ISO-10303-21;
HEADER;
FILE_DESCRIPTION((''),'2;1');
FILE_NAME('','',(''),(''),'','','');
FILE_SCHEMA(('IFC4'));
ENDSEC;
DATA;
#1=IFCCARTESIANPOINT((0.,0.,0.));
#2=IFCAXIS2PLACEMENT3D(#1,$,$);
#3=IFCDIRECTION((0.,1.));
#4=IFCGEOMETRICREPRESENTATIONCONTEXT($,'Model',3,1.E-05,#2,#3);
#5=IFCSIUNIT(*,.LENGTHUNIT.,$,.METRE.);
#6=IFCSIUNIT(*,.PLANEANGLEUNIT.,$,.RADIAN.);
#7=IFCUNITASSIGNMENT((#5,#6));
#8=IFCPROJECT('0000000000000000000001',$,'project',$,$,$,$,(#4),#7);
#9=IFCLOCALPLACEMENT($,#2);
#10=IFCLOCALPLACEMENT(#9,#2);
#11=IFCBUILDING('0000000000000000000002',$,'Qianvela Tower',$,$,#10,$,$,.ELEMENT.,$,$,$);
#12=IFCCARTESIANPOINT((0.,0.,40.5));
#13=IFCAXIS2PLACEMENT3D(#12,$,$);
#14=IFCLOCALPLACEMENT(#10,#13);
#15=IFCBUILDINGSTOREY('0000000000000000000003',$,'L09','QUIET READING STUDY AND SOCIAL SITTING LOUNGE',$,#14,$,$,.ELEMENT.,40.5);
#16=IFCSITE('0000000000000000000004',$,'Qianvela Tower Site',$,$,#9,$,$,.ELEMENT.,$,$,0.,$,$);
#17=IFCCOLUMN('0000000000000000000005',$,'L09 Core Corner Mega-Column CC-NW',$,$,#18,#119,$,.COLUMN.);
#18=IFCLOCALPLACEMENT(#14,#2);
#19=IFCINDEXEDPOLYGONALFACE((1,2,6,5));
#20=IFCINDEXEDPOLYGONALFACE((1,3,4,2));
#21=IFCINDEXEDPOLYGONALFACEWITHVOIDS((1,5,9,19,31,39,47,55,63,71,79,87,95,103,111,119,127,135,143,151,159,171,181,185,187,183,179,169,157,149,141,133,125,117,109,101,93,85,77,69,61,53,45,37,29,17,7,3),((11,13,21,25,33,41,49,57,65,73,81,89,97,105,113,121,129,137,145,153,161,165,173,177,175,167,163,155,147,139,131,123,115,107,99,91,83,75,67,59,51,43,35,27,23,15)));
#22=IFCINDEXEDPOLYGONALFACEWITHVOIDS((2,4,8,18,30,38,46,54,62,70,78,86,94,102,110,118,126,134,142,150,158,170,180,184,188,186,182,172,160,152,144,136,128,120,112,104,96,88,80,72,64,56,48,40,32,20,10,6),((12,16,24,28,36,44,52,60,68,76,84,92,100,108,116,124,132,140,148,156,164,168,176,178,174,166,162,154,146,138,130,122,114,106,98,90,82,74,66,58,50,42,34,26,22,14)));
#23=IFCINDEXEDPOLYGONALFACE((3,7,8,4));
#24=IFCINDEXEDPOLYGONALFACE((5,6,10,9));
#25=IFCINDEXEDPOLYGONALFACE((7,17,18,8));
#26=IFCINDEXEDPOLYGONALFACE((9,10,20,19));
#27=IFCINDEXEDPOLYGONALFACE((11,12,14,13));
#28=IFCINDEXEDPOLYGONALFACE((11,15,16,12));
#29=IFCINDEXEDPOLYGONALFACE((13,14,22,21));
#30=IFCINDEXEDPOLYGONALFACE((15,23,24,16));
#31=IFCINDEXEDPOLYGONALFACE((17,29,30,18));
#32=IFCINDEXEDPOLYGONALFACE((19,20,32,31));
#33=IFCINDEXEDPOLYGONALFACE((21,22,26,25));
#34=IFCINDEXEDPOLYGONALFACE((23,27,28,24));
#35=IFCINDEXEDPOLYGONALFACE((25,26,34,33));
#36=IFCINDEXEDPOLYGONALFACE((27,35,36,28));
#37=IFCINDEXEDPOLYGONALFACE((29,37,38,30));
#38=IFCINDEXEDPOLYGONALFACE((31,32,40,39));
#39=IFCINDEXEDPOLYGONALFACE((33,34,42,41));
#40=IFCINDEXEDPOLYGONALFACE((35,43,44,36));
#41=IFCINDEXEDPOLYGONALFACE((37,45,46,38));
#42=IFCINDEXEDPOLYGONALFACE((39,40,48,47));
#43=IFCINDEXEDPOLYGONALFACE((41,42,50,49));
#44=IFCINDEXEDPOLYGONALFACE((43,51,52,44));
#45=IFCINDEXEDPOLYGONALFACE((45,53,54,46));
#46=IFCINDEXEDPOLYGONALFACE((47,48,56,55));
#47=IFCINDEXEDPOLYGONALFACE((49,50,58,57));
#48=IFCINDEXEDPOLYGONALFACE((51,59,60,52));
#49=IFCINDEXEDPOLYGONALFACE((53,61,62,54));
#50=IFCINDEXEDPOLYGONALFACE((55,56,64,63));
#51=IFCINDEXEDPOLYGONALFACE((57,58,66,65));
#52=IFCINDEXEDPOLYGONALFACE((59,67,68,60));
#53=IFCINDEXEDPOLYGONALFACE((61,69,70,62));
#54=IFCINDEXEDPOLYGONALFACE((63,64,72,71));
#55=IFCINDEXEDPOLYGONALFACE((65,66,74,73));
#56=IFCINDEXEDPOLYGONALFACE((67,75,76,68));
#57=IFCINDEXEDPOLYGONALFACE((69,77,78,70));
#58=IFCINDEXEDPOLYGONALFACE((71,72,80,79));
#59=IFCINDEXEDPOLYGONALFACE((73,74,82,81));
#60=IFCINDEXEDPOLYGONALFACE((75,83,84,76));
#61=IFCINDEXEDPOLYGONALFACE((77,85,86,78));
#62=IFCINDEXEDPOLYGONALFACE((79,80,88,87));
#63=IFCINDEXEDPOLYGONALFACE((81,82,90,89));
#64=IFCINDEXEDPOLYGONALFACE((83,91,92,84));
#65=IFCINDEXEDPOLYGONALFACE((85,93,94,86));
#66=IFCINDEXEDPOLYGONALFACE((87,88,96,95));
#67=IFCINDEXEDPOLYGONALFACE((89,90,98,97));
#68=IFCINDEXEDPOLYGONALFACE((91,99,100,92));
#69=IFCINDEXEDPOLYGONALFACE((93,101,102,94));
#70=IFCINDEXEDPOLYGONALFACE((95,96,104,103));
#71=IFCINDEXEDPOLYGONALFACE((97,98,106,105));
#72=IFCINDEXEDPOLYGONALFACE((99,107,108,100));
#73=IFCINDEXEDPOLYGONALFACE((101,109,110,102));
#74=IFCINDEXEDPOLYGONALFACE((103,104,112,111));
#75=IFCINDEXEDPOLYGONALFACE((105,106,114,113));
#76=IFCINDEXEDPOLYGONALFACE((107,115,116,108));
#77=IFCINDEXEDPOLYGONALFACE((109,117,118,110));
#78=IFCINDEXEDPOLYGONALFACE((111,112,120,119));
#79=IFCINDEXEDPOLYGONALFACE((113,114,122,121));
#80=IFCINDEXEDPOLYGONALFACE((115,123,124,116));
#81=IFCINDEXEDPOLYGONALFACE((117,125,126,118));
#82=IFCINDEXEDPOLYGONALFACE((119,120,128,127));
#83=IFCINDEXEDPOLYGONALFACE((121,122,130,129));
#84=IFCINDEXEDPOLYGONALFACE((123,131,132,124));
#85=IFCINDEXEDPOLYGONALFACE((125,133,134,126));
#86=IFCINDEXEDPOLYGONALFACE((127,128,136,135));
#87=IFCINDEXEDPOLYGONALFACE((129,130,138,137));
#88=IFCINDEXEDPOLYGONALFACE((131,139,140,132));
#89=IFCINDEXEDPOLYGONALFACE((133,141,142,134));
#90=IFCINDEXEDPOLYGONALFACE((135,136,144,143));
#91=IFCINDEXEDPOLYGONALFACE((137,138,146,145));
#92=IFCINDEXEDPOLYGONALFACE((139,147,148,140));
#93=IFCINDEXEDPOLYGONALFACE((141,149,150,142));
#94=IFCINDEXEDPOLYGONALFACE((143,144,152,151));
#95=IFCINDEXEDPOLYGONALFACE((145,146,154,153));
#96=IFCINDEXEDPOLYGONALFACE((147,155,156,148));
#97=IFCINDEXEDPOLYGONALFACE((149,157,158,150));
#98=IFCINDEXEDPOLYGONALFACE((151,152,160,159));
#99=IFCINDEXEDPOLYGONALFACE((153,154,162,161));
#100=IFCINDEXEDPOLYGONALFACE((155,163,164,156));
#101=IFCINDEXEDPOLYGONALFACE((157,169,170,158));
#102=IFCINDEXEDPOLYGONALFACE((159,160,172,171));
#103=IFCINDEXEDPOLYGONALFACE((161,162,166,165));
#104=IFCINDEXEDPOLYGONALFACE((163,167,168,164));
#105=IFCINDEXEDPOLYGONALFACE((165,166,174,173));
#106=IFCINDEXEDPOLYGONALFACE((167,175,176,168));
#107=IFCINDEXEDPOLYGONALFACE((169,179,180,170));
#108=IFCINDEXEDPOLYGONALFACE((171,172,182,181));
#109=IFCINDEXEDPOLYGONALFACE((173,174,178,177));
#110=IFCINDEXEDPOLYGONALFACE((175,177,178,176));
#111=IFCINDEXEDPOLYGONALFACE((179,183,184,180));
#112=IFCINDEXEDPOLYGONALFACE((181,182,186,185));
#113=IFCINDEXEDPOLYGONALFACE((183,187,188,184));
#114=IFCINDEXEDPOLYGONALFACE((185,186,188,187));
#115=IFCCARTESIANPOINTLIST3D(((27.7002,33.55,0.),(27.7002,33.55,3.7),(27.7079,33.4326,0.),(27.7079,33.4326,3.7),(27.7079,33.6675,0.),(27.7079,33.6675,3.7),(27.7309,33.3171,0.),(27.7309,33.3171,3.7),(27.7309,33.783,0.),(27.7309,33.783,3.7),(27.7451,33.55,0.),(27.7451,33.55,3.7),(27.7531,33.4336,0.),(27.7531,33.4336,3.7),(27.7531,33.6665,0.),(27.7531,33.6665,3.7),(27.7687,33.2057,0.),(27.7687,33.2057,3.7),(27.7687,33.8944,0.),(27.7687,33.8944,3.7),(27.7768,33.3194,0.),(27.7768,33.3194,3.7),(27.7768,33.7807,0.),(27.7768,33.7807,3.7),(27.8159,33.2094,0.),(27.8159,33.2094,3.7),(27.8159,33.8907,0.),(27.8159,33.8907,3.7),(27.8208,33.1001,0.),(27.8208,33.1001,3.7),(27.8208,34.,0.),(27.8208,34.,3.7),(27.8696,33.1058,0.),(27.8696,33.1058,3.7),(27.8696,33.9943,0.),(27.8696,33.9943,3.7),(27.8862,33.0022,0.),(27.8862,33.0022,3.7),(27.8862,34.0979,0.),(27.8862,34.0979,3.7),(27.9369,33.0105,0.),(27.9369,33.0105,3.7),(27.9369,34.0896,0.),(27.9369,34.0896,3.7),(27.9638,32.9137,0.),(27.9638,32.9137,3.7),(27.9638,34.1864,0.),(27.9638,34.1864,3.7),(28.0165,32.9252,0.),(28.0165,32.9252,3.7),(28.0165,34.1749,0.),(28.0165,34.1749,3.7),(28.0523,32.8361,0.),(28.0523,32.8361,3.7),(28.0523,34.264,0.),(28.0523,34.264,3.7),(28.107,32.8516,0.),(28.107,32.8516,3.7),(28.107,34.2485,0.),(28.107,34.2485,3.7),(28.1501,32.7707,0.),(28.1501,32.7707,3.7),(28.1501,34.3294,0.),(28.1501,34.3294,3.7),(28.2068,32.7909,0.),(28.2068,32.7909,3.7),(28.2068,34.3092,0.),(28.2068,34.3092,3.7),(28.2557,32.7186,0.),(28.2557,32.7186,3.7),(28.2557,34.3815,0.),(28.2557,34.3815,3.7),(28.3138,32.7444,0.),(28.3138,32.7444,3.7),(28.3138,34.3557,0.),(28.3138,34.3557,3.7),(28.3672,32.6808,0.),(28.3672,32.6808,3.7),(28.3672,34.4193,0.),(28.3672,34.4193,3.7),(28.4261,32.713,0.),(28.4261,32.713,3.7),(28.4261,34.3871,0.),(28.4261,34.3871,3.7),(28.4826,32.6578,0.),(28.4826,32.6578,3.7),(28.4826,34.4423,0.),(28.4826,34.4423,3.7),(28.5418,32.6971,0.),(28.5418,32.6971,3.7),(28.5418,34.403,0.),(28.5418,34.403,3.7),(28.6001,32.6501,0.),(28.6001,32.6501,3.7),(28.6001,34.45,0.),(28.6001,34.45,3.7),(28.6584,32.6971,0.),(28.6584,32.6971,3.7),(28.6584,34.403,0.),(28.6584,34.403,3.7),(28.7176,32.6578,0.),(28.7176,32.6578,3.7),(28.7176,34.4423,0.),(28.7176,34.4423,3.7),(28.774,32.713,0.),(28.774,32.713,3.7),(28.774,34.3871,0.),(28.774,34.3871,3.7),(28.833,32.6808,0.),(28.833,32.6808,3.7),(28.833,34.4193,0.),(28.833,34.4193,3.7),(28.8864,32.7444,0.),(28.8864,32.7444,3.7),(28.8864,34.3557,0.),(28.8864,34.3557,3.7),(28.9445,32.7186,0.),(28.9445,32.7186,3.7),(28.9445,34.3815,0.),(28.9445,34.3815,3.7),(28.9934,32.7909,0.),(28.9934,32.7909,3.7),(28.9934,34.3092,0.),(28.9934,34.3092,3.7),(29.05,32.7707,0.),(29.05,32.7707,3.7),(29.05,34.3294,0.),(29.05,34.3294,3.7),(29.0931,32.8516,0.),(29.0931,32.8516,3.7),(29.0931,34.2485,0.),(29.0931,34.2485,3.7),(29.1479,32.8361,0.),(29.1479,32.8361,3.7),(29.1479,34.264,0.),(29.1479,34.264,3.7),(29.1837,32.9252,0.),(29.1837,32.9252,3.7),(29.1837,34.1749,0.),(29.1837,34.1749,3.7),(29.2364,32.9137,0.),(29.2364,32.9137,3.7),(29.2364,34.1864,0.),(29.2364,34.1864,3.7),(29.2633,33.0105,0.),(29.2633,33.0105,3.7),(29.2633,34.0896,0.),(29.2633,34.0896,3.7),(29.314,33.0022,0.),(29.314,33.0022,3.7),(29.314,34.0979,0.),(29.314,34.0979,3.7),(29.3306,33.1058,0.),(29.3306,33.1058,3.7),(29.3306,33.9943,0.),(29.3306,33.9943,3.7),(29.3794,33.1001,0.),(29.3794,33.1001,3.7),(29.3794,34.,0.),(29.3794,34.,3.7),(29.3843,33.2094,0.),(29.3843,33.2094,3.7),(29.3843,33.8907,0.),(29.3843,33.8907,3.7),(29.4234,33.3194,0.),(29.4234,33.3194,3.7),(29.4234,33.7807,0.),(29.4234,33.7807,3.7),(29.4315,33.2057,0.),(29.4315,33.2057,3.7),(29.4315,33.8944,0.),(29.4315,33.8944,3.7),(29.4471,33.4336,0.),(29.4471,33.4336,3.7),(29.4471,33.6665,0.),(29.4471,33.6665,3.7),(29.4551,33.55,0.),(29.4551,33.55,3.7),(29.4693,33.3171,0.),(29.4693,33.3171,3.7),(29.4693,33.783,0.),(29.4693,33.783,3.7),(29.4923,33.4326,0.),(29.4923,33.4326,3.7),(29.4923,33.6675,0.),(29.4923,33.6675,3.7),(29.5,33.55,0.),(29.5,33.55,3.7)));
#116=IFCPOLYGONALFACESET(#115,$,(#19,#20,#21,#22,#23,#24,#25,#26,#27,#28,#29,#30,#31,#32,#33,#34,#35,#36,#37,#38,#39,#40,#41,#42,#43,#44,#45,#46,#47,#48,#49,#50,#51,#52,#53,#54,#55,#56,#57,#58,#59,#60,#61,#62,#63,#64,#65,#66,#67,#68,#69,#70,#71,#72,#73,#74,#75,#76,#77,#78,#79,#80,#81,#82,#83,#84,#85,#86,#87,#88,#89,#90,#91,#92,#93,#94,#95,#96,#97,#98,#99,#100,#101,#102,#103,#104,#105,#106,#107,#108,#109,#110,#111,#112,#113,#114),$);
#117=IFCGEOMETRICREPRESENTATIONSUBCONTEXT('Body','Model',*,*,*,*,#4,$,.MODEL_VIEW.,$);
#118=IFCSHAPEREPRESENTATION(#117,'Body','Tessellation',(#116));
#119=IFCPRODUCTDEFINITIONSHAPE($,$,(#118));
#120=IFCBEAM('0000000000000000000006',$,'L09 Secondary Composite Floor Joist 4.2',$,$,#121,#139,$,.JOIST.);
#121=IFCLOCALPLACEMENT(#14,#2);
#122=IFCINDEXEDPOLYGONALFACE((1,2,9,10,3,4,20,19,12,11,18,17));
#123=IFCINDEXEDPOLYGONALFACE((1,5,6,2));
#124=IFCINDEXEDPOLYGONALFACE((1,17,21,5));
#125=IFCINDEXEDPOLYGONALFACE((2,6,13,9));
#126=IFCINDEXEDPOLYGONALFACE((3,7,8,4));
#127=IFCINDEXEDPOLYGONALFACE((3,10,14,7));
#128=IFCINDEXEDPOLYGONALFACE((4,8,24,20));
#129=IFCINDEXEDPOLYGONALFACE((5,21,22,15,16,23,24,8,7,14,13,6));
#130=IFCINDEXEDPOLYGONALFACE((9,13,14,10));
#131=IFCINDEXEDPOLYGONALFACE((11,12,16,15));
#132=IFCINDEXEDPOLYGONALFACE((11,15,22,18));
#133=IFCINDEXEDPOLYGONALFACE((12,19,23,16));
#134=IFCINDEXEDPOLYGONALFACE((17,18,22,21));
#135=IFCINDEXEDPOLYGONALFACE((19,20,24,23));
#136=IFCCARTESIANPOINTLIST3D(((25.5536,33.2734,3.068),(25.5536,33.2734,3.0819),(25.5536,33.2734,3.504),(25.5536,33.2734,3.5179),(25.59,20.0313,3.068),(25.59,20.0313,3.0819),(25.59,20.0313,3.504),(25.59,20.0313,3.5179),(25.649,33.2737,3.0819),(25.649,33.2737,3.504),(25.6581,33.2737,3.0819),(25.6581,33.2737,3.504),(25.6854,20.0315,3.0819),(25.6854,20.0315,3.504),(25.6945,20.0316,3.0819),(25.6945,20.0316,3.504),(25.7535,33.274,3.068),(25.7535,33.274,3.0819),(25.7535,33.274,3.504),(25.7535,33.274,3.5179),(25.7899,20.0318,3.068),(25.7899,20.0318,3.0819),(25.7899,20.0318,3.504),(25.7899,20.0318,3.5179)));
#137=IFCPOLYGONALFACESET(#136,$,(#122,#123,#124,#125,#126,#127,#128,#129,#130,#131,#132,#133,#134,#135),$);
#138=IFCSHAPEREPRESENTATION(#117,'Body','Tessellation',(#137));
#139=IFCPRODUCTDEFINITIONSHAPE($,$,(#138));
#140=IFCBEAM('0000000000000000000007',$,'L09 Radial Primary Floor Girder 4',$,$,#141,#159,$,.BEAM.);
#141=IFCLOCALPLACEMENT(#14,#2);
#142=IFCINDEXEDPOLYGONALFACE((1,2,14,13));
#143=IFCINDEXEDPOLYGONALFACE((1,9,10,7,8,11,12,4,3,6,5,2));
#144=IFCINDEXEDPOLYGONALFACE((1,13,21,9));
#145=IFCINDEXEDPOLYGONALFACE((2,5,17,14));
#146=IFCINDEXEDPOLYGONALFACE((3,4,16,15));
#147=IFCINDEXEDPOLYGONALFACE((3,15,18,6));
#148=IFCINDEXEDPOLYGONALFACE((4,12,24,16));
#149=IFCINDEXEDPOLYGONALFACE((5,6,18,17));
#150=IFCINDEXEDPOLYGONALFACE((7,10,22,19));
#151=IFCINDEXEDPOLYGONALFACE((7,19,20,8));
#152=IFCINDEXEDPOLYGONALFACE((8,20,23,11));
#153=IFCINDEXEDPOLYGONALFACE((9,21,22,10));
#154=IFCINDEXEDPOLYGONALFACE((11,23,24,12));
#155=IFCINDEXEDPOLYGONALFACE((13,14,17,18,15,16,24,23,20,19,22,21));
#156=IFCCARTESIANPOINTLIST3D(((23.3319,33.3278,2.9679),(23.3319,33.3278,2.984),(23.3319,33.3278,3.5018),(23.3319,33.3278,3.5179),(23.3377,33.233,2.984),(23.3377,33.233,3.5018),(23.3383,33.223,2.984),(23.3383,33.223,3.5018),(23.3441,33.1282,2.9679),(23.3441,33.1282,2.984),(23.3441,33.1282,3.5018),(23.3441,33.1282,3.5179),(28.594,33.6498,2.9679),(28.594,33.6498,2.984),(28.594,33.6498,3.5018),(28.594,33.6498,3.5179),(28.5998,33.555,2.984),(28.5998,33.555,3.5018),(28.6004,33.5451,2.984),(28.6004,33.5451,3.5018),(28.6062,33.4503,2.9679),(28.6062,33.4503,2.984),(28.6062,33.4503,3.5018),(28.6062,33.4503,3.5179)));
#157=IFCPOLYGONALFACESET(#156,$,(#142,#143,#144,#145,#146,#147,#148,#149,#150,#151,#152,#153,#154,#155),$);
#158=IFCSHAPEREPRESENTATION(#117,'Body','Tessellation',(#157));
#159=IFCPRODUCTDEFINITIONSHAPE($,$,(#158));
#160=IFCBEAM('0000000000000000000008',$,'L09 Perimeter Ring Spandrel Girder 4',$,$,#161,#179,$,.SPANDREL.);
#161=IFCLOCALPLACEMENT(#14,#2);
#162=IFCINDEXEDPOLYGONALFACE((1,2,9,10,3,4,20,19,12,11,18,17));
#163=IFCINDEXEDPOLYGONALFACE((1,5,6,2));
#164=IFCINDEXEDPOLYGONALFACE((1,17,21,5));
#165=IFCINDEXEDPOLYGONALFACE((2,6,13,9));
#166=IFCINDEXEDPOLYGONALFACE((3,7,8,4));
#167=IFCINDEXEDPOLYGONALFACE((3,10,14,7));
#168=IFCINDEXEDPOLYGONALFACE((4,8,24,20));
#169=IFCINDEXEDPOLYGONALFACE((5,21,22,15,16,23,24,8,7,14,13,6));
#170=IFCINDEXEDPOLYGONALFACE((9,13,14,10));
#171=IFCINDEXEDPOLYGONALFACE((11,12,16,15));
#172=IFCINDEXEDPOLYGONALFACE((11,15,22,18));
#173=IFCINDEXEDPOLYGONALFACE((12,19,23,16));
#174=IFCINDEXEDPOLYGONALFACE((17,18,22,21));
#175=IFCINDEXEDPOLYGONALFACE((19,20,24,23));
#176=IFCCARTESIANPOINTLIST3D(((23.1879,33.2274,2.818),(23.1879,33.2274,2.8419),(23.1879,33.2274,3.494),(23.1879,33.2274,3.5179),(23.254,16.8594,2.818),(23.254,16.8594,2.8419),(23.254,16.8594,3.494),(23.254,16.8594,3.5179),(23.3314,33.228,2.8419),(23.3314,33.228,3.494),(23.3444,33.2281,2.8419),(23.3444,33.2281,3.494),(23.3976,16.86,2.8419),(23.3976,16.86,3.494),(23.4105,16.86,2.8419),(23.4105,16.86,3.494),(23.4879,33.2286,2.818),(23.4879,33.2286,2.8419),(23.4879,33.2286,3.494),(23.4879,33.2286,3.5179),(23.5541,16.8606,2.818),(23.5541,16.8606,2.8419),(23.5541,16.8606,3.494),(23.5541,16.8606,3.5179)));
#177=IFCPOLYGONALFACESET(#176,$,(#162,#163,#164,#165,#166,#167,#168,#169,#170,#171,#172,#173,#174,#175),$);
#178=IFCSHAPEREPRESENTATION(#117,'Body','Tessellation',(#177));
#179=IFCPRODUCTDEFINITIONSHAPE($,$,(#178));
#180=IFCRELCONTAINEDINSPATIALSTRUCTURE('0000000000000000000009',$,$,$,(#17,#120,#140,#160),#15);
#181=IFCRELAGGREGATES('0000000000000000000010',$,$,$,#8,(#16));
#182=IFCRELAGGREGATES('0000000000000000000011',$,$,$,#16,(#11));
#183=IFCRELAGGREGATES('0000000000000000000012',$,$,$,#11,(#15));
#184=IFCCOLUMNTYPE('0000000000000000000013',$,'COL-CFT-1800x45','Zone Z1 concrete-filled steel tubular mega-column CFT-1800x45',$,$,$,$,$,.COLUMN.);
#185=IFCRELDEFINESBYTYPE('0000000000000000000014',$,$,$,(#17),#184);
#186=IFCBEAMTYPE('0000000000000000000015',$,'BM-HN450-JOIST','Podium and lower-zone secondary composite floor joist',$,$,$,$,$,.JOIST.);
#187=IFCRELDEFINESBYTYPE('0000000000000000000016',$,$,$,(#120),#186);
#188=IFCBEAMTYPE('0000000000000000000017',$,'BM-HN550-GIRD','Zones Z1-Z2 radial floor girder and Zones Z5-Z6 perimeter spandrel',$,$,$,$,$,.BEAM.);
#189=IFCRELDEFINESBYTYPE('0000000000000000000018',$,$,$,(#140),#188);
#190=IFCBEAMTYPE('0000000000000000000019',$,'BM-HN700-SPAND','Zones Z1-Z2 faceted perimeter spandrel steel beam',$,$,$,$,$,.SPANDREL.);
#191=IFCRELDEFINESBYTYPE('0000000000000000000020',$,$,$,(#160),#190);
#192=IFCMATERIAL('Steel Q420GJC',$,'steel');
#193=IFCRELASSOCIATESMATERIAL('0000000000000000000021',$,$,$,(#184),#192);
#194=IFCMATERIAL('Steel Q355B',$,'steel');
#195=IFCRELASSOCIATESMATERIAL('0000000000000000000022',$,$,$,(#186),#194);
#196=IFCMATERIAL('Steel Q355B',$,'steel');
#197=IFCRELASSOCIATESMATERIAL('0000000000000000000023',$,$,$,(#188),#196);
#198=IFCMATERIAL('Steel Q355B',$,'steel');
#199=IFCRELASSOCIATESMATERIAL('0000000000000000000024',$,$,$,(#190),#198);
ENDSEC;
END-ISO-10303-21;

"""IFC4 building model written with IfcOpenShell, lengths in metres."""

from ifc_helpers import new_model, si_unit, direction, frame, origin, origin_2d, place, context, subcontext, project, spatial, hollow_circle, i_section, extrude, material, material_profile, profile_set, type_object, element, save


model = new_model("IFC4")

# Units and contexts
model_context = context("Model", 3, precision=1e-05, world=origin(), true_north=direction((0.0, 1.0)))
body_context = subcontext(model_context, "Body", "Model", "MODEL_VIEW")
ifc_project = project(units=[si_unit("LENGTHUNIT", "METRE"), si_unit("PLANEANGLEUNIT", "RADIAN")], contexts=[model_context])

# Site, building, storey
site_placement = place(None, origin())
site = spatial("IfcSite", under=ifc_project, at=site_placement, Name="Qianvela Tower Site", CompositionType="ELEMENT", RefElevation=0.0)
building_placement = place(site_placement, origin())
building = spatial("IfcBuilding", under=site, at=building_placement, Name="Qianvela Tower", CompositionType="ELEMENT")
storey_placement = place(building_placement, frame((0.0, 0.0, 40.5)))
storey = spatial("IfcBuildingStorey", under=building, at=storey_placement, Name="L09", Description="QUIET READING STUDY AND SOCIAL SITTING LOUNGE", CompositionType="ELEMENT", Elevation=40.5)

# Column
ifc_material_1 = material(Name="Steel Q420GJC", Category="steel")
ifc_material_profile_1 = material_profile(ifc_material_1, hollow_circle(Radius=0.8999, WallThickness=0.0449, at=origin_2d()), Name="CFT-1800x45")
ifc_profile_set_1 = profile_set([ifc_material_profile_1], Name="Steel Q420GJC")
column_type = type_object("IfcColumnType", Name="COL-CFT-1800x45", Description="Zone Z1 concrete-filled steel tubular mega-column CFT-1800x45", PredefinedType="COLUMN", material=ifc_profile_set_1)
column_placement = place(storey_placement, frame((28.6001, 33.55, 0.0), z_axis=(0.0, 0.0, 1.0), x_axis=(1.0, 0.0, 0.0)))
element("IfcColumn", 1, at=column_placement, inside=storey, type_object=column_type, Name="L09 Core Corner Mega-Column CC-NW", PredefinedType="COLUMN", context=body_context, shape_type="SweptSolid", body=[
    extrude(hollow_circle(Radius=0.8999, WallThickness=0.0449, at=origin_2d()), origin(), (0.0, 0.0, 1.0), 3.7),
])

# Beams
ifc_material_2 = material(Name="Steel Q355B", Category="steel")
ifc_material_profile_2 = material_profile(ifc_material_2, i_section(OverallWidth=0.2, OverallDepth=0.45, WebThickness=0.009, FlangeThickness=0.0139, at=origin_2d()), Name="HN450x200x9x14")
ifc_profile_set_2 = profile_set([ifc_material_profile_2], Name="Steel Q355B")
beam_type_1 = type_object("IfcBeamType", Name="BM-HN450-JOIST", Description="Podium and lower-zone secondary composite floor joist", PredefinedType="JOIST", material=ifc_profile_set_2)
beam_1_placement = place(storey_placement, frame((25.6536, 33.2737, 3.293), z_axis=(0.002747, -0.999996, 0.0), x_axis=(0.999996, 0.002747, 0.0)))
element("IfcBeam", 2, at=beam_1_placement, inside=storey, type_object=beam_type_1, Name="L09 Secondary Composite Floor Joist 4.2", PredefinedType="JOIST", context=body_context, shape_type="SweptSolid", body=[
    extrude(i_section(OverallWidth=0.2, OverallDepth=0.45, WebThickness=0.009, FlangeThickness=0.0139, at=origin_2d()), origin(), (0.0, 0.0, 1.0), 13.2422),
])
ifc_material_3 = material(Name="Steel Q355B", Category="steel")
ifc_material_profile_3 = material_profile(ifc_material_3, i_section(OverallWidth=0.2, OverallDepth=0.55, WebThickness=0.01, FlangeThickness=0.0161, at=origin_2d()), Name="HN550x200x10x16")
ifc_profile_set_3 = profile_set([ifc_material_profile_3], Name="Steel Q355B")
beam_type_2 = type_object("IfcBeamType", Name="BM-HN550-GIRD", Description="Zones Z1-Z2 radial floor girder and Zones Z5-Z6 perimeter spandrel", PredefinedType="BEAM", material=ifc_profile_set_3)
beam_2_placement = place(storey_placement, frame((28.6001, 33.55, 3.2429), z_axis=(-0.998133, -0.061081, 0.0), x_axis=(0.061081, -0.998133, 0.0)))
element("IfcBeam", 3, at=beam_2_placement, inside=storey, type_object=beam_type_2, Name="L09 Radial Primary Floor Girder 4", PredefinedType="BEAM", context=body_context, shape_type="SweptSolid", body=[
    extrude(i_section(OverallWidth=0.2, OverallDepth=0.55, WebThickness=0.01, FlangeThickness=0.0161, at=origin_2d()), origin(), (0.0, 0.0, 1.0), 5.272),
])
ifc_material_4 = material(Name="Steel Q355B", Category="steel")
ifc_material_profile_4 = material_profile(ifc_material_4, i_section(OverallWidth=0.3, OverallDepth=0.7, WebThickness=0.0129, FlangeThickness=0.0239, at=origin_2d()), Name="HN700x300x13x24")
ifc_profile_set_4 = profile_set([ifc_material_profile_4], Name="Steel Q355B")
beam_type_3 = type_object("IfcBeamType", Name="BM-HN700-SPAND", Description="Zones Z1-Z2 faceted perimeter spandrel steel beam", PredefinedType="SPANDREL", material=ifc_profile_set_4)
beam_3_placement = place(storey_placement, frame((23.3379, 33.228, 3.168), z_axis=(0.004042, -0.999992, 0.0), x_axis=(0.999992, 0.004042, 0.0)))
element("IfcBeam", 4, at=beam_3_placement, inside=storey, type_object=beam_type_3, Name="L09 Perimeter Ring Spandrel Girder 4", PredefinedType="SPANDREL", context=body_context, shape_type="SweptSolid", body=[
    extrude(i_section(OverallWidth=0.3, OverallDepth=0.7, WebThickness=0.0129, FlangeThickness=0.0239, at=origin_2d()), origin(), (0.0, 0.0, 1.0), 16.3682),
])

save(model, "model.ifc")
